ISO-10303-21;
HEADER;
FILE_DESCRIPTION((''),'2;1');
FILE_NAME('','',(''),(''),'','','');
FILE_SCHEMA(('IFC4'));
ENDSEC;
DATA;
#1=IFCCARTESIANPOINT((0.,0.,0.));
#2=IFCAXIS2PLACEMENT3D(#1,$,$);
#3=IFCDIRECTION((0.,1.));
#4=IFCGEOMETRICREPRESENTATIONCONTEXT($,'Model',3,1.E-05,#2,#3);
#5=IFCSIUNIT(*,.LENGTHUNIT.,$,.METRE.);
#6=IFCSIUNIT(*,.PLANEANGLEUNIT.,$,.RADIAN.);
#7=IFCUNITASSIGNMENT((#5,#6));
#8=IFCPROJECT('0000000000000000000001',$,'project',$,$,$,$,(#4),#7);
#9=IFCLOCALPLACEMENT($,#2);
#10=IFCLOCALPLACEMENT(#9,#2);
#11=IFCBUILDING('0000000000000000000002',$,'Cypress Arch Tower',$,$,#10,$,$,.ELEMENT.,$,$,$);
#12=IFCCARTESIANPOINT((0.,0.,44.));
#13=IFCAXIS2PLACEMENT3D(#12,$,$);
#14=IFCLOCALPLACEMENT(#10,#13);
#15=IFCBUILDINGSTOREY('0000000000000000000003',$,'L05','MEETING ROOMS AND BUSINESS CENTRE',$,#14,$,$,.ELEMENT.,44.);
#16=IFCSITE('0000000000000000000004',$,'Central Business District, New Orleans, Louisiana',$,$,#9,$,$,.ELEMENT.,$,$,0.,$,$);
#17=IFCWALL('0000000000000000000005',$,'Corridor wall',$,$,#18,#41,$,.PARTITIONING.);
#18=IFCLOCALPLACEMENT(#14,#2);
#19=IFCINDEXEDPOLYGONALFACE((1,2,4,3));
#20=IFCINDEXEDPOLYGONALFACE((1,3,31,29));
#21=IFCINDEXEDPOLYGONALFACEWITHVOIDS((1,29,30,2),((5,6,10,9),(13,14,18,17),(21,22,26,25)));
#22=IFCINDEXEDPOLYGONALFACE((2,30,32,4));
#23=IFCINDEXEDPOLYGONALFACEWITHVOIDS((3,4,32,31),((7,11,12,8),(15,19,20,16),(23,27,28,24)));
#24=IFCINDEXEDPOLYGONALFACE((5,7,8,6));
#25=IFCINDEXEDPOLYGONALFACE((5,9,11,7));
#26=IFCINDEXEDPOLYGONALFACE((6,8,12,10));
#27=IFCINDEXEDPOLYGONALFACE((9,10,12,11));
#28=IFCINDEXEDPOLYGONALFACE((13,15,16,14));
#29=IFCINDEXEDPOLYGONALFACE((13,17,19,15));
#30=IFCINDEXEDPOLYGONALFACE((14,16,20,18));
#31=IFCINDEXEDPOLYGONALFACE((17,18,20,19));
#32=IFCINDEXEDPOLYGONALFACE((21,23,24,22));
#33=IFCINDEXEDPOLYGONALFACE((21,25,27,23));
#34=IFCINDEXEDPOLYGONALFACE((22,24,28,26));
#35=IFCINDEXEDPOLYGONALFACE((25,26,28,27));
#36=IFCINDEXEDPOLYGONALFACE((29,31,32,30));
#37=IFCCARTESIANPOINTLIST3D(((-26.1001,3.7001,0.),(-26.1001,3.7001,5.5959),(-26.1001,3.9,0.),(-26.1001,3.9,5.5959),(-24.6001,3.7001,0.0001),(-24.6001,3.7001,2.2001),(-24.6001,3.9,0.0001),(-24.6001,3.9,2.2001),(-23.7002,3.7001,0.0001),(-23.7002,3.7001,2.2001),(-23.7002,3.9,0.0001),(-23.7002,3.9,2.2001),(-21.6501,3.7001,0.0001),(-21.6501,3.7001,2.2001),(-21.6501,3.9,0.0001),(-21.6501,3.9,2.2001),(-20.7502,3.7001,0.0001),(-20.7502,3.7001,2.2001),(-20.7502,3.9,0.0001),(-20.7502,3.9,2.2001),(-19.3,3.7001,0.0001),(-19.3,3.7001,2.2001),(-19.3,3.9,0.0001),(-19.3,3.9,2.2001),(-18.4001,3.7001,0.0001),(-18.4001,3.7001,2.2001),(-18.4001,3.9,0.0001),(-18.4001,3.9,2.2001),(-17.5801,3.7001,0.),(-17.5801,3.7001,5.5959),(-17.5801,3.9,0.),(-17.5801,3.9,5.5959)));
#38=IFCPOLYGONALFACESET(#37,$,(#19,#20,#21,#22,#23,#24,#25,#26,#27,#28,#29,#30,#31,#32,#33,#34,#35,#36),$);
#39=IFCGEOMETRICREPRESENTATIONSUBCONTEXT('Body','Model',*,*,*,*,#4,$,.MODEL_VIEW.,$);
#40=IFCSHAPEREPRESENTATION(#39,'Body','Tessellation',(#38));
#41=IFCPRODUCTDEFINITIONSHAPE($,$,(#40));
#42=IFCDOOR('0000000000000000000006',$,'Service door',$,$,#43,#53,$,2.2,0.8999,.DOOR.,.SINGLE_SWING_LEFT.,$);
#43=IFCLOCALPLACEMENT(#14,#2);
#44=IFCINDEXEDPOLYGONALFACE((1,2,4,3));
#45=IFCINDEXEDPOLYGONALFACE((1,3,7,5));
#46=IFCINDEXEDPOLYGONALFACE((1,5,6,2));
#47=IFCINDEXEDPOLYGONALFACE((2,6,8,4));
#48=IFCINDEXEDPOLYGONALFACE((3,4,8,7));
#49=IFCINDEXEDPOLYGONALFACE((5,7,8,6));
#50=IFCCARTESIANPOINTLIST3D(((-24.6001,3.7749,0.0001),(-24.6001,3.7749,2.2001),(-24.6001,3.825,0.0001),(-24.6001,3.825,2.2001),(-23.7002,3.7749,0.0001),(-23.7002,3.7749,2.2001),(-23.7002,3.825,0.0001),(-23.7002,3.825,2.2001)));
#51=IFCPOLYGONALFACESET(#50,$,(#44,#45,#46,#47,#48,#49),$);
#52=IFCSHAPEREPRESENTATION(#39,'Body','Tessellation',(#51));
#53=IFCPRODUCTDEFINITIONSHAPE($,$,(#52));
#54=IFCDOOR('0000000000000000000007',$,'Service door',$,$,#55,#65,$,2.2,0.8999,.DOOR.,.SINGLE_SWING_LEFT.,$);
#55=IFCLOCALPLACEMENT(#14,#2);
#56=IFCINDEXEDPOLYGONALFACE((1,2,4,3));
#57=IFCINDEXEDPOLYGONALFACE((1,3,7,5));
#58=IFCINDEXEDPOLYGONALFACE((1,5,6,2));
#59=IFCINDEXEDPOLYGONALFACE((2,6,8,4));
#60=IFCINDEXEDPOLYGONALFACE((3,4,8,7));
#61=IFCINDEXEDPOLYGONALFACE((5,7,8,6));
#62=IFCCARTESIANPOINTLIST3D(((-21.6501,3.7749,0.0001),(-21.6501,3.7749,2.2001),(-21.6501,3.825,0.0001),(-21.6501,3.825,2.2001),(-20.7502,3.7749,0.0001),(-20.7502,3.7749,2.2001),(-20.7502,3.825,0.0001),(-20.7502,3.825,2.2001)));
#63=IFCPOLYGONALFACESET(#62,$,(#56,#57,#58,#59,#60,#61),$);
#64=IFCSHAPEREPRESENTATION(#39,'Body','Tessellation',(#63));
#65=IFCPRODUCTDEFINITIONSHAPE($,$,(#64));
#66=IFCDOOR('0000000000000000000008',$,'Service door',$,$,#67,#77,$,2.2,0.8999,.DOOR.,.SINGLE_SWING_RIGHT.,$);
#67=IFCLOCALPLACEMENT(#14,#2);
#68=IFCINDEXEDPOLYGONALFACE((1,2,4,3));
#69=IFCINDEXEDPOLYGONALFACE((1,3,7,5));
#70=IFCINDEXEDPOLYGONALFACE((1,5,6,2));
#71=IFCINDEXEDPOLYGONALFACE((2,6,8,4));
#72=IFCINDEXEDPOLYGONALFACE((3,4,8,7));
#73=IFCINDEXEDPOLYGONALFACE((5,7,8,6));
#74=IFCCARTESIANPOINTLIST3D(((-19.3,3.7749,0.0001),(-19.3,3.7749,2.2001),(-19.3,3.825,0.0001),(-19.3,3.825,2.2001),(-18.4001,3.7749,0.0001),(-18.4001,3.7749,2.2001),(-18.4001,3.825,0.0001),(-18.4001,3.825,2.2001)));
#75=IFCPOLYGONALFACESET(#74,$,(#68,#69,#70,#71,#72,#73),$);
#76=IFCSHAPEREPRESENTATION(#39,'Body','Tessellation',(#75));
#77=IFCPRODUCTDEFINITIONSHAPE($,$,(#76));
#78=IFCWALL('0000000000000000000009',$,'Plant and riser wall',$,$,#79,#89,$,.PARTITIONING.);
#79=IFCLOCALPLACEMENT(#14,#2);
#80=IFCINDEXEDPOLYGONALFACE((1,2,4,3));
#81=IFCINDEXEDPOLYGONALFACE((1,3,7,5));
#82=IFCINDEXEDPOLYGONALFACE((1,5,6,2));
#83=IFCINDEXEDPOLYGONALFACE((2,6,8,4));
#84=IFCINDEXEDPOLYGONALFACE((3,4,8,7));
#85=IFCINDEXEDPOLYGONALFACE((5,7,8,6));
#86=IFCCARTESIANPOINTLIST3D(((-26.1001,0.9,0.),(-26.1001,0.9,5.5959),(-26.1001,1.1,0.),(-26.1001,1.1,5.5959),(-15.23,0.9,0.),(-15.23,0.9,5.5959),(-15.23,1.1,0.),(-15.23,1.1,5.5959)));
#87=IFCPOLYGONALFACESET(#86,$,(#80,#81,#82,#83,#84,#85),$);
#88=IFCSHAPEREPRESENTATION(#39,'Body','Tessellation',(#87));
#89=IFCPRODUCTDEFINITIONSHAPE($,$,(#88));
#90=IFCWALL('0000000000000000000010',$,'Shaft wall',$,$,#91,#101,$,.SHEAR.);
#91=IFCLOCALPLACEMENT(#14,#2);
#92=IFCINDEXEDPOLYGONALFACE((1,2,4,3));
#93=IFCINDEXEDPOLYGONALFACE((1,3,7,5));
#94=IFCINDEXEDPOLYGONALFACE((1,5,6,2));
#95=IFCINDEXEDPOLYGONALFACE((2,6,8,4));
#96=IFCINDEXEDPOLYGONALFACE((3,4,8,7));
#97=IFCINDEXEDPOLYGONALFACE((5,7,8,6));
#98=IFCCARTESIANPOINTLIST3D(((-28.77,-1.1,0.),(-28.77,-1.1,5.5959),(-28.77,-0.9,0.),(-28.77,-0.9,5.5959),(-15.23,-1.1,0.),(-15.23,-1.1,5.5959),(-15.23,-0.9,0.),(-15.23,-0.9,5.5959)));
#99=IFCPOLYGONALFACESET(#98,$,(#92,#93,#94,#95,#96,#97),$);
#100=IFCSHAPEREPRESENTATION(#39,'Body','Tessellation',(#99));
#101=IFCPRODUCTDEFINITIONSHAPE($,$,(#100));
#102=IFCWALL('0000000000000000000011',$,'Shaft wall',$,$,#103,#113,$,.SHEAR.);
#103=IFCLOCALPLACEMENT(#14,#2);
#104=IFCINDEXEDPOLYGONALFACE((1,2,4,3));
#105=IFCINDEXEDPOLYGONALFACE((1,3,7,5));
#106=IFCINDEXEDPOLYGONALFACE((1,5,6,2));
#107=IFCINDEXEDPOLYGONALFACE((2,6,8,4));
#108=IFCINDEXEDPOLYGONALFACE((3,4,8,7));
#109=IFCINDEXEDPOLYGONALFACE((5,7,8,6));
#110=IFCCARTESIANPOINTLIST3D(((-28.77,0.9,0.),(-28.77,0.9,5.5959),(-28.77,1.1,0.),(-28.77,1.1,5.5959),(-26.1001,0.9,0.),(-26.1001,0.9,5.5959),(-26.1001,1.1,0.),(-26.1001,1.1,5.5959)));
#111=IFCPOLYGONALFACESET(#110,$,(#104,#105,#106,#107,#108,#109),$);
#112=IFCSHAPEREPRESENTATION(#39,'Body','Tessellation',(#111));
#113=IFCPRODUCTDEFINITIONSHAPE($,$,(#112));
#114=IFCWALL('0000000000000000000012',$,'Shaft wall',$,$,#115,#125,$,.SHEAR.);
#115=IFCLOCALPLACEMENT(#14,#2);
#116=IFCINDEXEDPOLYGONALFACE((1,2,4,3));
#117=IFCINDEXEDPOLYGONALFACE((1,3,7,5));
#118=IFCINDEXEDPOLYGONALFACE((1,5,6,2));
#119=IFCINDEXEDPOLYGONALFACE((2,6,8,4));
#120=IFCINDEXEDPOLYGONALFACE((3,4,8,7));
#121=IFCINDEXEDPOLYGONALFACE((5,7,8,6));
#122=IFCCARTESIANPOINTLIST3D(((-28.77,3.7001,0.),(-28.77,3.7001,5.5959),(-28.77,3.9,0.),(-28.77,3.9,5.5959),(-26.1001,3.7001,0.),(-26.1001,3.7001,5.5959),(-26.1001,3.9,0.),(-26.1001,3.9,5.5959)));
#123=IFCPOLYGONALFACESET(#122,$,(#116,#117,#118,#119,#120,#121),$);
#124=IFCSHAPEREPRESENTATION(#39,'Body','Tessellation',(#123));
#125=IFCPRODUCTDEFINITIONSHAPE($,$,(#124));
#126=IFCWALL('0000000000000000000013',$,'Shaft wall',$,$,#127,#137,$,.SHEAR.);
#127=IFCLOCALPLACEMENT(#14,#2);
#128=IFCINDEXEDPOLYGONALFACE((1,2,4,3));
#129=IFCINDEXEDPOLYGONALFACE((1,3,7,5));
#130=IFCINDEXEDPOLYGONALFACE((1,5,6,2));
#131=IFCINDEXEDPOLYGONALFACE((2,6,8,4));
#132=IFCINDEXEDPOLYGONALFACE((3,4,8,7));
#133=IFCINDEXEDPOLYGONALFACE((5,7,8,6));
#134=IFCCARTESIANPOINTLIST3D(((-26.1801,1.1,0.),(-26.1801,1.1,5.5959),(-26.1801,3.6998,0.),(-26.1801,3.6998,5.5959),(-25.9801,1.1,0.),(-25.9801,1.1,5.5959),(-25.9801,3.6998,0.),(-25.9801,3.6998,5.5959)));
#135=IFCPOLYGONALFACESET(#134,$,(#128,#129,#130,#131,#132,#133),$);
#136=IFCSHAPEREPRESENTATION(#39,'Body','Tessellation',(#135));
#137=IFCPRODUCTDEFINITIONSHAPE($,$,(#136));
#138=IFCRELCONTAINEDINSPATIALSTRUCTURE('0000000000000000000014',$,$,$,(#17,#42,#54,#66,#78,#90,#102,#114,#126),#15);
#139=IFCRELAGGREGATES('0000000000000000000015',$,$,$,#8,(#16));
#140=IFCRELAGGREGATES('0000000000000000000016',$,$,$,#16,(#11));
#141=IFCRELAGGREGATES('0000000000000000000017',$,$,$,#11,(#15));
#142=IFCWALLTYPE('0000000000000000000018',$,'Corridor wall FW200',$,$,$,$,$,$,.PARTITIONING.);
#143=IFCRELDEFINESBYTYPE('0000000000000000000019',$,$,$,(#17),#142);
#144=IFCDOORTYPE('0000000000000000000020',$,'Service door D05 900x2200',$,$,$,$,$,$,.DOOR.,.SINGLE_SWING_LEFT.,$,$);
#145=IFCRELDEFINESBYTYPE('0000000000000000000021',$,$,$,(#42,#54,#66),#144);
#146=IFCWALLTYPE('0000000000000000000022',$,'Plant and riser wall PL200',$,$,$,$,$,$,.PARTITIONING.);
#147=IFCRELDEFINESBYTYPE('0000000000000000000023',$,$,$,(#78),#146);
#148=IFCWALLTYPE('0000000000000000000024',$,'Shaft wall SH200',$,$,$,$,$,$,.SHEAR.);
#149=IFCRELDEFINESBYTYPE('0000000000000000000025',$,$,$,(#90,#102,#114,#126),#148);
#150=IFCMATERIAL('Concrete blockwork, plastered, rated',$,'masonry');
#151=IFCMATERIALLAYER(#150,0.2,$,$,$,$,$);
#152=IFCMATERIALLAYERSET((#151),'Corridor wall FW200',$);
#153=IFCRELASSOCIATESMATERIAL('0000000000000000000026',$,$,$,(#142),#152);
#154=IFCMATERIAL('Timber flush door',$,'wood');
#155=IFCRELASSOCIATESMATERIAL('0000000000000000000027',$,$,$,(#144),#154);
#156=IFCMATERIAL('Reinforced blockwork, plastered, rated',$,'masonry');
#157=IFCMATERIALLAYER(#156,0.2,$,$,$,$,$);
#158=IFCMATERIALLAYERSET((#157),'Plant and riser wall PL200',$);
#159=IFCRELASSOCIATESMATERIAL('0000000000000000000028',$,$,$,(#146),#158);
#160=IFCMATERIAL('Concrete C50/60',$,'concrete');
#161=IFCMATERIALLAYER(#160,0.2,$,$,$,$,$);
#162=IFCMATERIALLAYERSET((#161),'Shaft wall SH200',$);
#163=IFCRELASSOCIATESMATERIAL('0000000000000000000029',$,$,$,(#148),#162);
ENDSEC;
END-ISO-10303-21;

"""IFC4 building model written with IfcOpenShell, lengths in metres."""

from ifc_helpers import new_model, si_unit, direction, frame, frame_2d, origin, place, context, subcontext, project, spatial, rectangle, extrude, material, layer, layer_set, type_object, element, fill, save


model = new_model("IFC4")

# Units and contexts
model_context = context("Model", 3, precision=1e-05, world=origin(), true_north=direction((0.0, 1.0)))
body_context = subcontext(model_context, "Body", "Model", "MODEL_VIEW")
ifc_project = project(units=[si_unit("LENGTHUNIT", "METRE"), si_unit("PLANEANGLEUNIT", "RADIAN")], contexts=[model_context])

# Site, building, storey
site_placement = place(None, origin())
site = spatial("IfcSite", under=ifc_project, at=site_placement, Name="Central Business District, New Orleans, Louisiana", CompositionType="ELEMENT", RefElevation=0.0)
building_placement = place(site_placement, origin())
building = spatial("IfcBuilding", under=site, at=building_placement, Name="Cypress Arch Tower", CompositionType="ELEMENT")
storey_placement = place(building_placement, frame((0.0, 0.0, 44.0)))
storey = spatial("IfcBuildingStorey", under=building, at=storey_placement, Name="L05", Description="MEETING ROOMS AND BUSINESS CENTRE", CompositionType="ELEMENT", Elevation=44.0)

# Wall, openings, doors
ifc_material_1 = material(Name="Concrete blockwork, plastered, rated", Category="masonry")
ifc_layer_1 = layer(ifc_material_1, 0.2)
ifc_layer_set_1 = layer_set([ifc_layer_1], Name="Corridor wall FW200")
wall_type_1 = type_object("IfcWallType", Name="Corridor wall FW200", PredefinedType="PARTITIONING", material=ifc_layer_set_1)
ifc_material_2 = material(Name="Timber flush door", Category="wood")
door_type = type_object("IfcDoorType", Name="Service door D05 900x2200", OperationType="SINGLE_SWING_LEFT", PredefinedType="DOOR", material=ifc_material_2)
wall_1_placement = place(storey_placement, frame((-26.1001, 3.8, 0.0), z_axis=(0.0, 0.0, 1.0), x_axis=(1.0, 0.0, 0.0)))
wall_1 = element("IfcWall", 1, at=wall_1_placement, inside=storey, type_object=wall_type_1, Name="Corridor wall", PredefinedType="PARTITIONING", context=body_context, shape_type="SweptSolid", body=[
    extrude(rectangle(XDim=8.52, YDim=0.2, at=frame_2d((4.26, 0.0))), origin(), (0.0, 0.0, 1.0), 5.5959),
])
opening_1_placement = place(wall_1_placement, frame((1.5, 0.0, 0.0)))
opening_1 = element("IfcOpeningElement", 2, at=opening_1_placement, cuts=wall_1, PredefinedType="OPENING", context=body_context, shape_type="SweptSolid", body=[
    extrude(rectangle(XDim=0.8999, YDim=2.2, at=frame_2d((0.45, 1.1001))), frame((0.0, 0.1099, 0.0), z_axis=(0.0, -1.0, 0.0), x_axis=(1.0, 0.0, 0.0)), (0.0, 0.0, 1.0), 0.22),
])
opening_2_placement = place(wall_1_placement, frame((4.45, 0.0, 0.0)))
opening_2 = element("IfcOpeningElement", 3, at=opening_2_placement, cuts=wall_1, PredefinedType="OPENING", context=body_context, shape_type="SweptSolid", body=[
    extrude(rectangle(XDim=0.8999, YDim=2.2, at=frame_2d((0.45, 1.1001))), frame((0.0, 0.1099, 0.0), z_axis=(0.0, -1.0, 0.0), x_axis=(1.0, 0.0, 0.0)), (0.0, 0.0, 1.0), 0.22),
])
opening_3_placement = place(wall_1_placement, frame((6.8, 0.0, 0.0)))
opening_3 = element("IfcOpeningElement", 4, at=opening_3_placement, cuts=wall_1, PredefinedType="OPENING", context=body_context, shape_type="SweptSolid", body=[
    extrude(rectangle(XDim=0.8999, YDim=2.2, at=frame_2d((0.45, 1.1001))), frame((0.0, 0.1099, 0.0), z_axis=(0.0, -1.0, 0.0), x_axis=(1.0, 0.0, 0.0)), (0.0, 0.0, 1.0), 0.22),
])
door_1_placement = place(opening_1_placement, origin())
door_1 = element("IfcDoor", 5, at=door_1_placement, inside=storey, type_object=door_type, Name="Service door", OperationType="SINGLE_SWING_LEFT", OverallHeight=2.2, OverallWidth=0.8999, PredefinedType="DOOR", context=body_context, shape_type="SweptSolid", body=[
    extrude(rectangle(XDim=0.8999, YDim=2.2, at=frame_2d((0.45, 1.1001))), frame((0.0, 0.0249, 0.0), z_axis=(0.0, -1.0, 0.0), x_axis=(1.0, 0.0, 0.0)), (0.0, 0.0, 1.0), 0.05),
])
fill(opening_1, door_1)
door_2_placement = place(opening_2_placement, origin())
door_2 = element("IfcDoor", 6, at=door_2_placement, inside=storey, type_object=door_type, Name="Service door", OperationType="SINGLE_SWING_LEFT", OverallHeight=2.2, OverallWidth=0.8999, PredefinedType="DOOR", context=body_context, shape_type="SweptSolid", body=[
    extrude(rectangle(XDim=0.8999, YDim=2.2, at=frame_2d((0.45, 1.1001))), frame((0.0, 0.0249, 0.0), z_axis=(0.0, -1.0, 0.0), x_axis=(1.0, 0.0, 0.0)), (0.0, 0.0, 1.0), 0.05),
])
fill(opening_2, door_2)
door_3_placement = place(opening_3_placement, origin())
door_3 = element("IfcDoor", 7, at=door_3_placement, inside=storey, type_object=door_type, Name="Service door", OperationType="SINGLE_SWING_RIGHT", OverallHeight=2.2, OverallWidth=0.8999, PredefinedType="DOOR", context=body_context, shape_type="SweptSolid", body=[
    extrude(rectangle(XDim=0.8999, YDim=2.2, at=frame_2d((0.45, 1.1001))), frame((0.0, 0.0249, 0.0), z_axis=(0.0, -1.0, 0.0), x_axis=(1.0, 0.0, 0.0)), (0.0, 0.0, 1.0), 0.05),
])
fill(opening_3, door_3)

# Walls
ifc_material_3 = material(Name="Reinforced blockwork, plastered, rated", Category="masonry")
ifc_layer_2 = layer(ifc_material_3, 0.2)
ifc_layer_set_2 = layer_set([ifc_layer_2], Name="Plant and riser wall PL200")
wall_type_2 = type_object("IfcWallType", Name="Plant and riser wall PL200", PredefinedType="PARTITIONING", material=ifc_layer_set_2)
wall_2_placement = place(storey_placement, frame((-26.1001, 1.0, 0.0), z_axis=(0.0, 0.0, 1.0), x_axis=(1.0, 0.0, 0.0)))
element("IfcWall", 8, at=wall_2_placement, inside=storey, type_object=wall_type_2, Name="Plant and riser wall", PredefinedType="PARTITIONING", context=body_context, shape_type="SweptSolid", body=[
    extrude(rectangle(XDim=10.8701, YDim=0.2, at=frame_2d((5.4351, 0.0))), origin(), (0.0, 0.0, 1.0), 5.5959),
])
ifc_material_4 = material(Name="Concrete C50/60", Category="concrete")
ifc_layer_3 = layer(ifc_material_4, 0.2)
ifc_layer_set_3 = layer_set([ifc_layer_3], Name="Shaft wall SH200")
wall_type_3 = type_object("IfcWallType", Name="Shaft wall SH200", PredefinedType="SHEAR", material=ifc_layer_set_3)
wall_3_placement = place(storey_placement, frame((-28.77, -1.0, 0.0), z_axis=(0.0, 0.0, 1.0), x_axis=(1.0, 0.0, 0.0)))
element("IfcWall", 9, at=wall_3_placement, inside=storey, type_object=wall_type_3, Name="Shaft wall", PredefinedType="SHEAR", context=body_context, shape_type="SweptSolid", body=[
    extrude(rectangle(XDim=13.54, YDim=0.2, at=frame_2d((6.77, 0.0))), origin(), (0.0, 0.0, 1.0), 5.5959),
])
for number, where, z_axis, x_axis, name in (
    (10, (-28.77, 1.0, 0.0), (0.0, 0.0, 1.0), (1.0, 0.0, 0.0), "Shaft wall"),
    (11, (-28.77, 3.8, 0.0), (0.0, 0.0, 1.0), (1.0, 0.0, 0.0), "Shaft wall"),
):
    element("IfcWall", number, at=place(storey_placement, frame(where, z_axis=z_axis, x_axis=x_axis)), inside=storey, type_object=wall_type_3, Name=name, PredefinedType="SHEAR", context=body_context, shape_type="SweptSolid", body=[
        extrude(rectangle(XDim=2.6699, YDim=0.2, at=frame_2d((1.335, 0.0))), origin(), (0.0, 0.0, 1.0), 5.5959),
    ])
wall_4_placement = place(storey_placement, frame((-26.0801, 1.1001, 0.0), z_axis=(0.0, 0.0, 1.0), x_axis=(0.0, 1.0, 0.0)))
element("IfcWall", 12, at=wall_4_placement, inside=storey, type_object=wall_type_3, Name="Shaft wall", PredefinedType="SHEAR", context=body_context, shape_type="SweptSolid", body=[
    extrude(rectangle(XDim=2.5999, YDim=0.2, at=frame_2d((1.2998, 0.0))), origin(), (0.0, 0.0, 1.0), 5.5959),
])

save(model, "model.ifc")
